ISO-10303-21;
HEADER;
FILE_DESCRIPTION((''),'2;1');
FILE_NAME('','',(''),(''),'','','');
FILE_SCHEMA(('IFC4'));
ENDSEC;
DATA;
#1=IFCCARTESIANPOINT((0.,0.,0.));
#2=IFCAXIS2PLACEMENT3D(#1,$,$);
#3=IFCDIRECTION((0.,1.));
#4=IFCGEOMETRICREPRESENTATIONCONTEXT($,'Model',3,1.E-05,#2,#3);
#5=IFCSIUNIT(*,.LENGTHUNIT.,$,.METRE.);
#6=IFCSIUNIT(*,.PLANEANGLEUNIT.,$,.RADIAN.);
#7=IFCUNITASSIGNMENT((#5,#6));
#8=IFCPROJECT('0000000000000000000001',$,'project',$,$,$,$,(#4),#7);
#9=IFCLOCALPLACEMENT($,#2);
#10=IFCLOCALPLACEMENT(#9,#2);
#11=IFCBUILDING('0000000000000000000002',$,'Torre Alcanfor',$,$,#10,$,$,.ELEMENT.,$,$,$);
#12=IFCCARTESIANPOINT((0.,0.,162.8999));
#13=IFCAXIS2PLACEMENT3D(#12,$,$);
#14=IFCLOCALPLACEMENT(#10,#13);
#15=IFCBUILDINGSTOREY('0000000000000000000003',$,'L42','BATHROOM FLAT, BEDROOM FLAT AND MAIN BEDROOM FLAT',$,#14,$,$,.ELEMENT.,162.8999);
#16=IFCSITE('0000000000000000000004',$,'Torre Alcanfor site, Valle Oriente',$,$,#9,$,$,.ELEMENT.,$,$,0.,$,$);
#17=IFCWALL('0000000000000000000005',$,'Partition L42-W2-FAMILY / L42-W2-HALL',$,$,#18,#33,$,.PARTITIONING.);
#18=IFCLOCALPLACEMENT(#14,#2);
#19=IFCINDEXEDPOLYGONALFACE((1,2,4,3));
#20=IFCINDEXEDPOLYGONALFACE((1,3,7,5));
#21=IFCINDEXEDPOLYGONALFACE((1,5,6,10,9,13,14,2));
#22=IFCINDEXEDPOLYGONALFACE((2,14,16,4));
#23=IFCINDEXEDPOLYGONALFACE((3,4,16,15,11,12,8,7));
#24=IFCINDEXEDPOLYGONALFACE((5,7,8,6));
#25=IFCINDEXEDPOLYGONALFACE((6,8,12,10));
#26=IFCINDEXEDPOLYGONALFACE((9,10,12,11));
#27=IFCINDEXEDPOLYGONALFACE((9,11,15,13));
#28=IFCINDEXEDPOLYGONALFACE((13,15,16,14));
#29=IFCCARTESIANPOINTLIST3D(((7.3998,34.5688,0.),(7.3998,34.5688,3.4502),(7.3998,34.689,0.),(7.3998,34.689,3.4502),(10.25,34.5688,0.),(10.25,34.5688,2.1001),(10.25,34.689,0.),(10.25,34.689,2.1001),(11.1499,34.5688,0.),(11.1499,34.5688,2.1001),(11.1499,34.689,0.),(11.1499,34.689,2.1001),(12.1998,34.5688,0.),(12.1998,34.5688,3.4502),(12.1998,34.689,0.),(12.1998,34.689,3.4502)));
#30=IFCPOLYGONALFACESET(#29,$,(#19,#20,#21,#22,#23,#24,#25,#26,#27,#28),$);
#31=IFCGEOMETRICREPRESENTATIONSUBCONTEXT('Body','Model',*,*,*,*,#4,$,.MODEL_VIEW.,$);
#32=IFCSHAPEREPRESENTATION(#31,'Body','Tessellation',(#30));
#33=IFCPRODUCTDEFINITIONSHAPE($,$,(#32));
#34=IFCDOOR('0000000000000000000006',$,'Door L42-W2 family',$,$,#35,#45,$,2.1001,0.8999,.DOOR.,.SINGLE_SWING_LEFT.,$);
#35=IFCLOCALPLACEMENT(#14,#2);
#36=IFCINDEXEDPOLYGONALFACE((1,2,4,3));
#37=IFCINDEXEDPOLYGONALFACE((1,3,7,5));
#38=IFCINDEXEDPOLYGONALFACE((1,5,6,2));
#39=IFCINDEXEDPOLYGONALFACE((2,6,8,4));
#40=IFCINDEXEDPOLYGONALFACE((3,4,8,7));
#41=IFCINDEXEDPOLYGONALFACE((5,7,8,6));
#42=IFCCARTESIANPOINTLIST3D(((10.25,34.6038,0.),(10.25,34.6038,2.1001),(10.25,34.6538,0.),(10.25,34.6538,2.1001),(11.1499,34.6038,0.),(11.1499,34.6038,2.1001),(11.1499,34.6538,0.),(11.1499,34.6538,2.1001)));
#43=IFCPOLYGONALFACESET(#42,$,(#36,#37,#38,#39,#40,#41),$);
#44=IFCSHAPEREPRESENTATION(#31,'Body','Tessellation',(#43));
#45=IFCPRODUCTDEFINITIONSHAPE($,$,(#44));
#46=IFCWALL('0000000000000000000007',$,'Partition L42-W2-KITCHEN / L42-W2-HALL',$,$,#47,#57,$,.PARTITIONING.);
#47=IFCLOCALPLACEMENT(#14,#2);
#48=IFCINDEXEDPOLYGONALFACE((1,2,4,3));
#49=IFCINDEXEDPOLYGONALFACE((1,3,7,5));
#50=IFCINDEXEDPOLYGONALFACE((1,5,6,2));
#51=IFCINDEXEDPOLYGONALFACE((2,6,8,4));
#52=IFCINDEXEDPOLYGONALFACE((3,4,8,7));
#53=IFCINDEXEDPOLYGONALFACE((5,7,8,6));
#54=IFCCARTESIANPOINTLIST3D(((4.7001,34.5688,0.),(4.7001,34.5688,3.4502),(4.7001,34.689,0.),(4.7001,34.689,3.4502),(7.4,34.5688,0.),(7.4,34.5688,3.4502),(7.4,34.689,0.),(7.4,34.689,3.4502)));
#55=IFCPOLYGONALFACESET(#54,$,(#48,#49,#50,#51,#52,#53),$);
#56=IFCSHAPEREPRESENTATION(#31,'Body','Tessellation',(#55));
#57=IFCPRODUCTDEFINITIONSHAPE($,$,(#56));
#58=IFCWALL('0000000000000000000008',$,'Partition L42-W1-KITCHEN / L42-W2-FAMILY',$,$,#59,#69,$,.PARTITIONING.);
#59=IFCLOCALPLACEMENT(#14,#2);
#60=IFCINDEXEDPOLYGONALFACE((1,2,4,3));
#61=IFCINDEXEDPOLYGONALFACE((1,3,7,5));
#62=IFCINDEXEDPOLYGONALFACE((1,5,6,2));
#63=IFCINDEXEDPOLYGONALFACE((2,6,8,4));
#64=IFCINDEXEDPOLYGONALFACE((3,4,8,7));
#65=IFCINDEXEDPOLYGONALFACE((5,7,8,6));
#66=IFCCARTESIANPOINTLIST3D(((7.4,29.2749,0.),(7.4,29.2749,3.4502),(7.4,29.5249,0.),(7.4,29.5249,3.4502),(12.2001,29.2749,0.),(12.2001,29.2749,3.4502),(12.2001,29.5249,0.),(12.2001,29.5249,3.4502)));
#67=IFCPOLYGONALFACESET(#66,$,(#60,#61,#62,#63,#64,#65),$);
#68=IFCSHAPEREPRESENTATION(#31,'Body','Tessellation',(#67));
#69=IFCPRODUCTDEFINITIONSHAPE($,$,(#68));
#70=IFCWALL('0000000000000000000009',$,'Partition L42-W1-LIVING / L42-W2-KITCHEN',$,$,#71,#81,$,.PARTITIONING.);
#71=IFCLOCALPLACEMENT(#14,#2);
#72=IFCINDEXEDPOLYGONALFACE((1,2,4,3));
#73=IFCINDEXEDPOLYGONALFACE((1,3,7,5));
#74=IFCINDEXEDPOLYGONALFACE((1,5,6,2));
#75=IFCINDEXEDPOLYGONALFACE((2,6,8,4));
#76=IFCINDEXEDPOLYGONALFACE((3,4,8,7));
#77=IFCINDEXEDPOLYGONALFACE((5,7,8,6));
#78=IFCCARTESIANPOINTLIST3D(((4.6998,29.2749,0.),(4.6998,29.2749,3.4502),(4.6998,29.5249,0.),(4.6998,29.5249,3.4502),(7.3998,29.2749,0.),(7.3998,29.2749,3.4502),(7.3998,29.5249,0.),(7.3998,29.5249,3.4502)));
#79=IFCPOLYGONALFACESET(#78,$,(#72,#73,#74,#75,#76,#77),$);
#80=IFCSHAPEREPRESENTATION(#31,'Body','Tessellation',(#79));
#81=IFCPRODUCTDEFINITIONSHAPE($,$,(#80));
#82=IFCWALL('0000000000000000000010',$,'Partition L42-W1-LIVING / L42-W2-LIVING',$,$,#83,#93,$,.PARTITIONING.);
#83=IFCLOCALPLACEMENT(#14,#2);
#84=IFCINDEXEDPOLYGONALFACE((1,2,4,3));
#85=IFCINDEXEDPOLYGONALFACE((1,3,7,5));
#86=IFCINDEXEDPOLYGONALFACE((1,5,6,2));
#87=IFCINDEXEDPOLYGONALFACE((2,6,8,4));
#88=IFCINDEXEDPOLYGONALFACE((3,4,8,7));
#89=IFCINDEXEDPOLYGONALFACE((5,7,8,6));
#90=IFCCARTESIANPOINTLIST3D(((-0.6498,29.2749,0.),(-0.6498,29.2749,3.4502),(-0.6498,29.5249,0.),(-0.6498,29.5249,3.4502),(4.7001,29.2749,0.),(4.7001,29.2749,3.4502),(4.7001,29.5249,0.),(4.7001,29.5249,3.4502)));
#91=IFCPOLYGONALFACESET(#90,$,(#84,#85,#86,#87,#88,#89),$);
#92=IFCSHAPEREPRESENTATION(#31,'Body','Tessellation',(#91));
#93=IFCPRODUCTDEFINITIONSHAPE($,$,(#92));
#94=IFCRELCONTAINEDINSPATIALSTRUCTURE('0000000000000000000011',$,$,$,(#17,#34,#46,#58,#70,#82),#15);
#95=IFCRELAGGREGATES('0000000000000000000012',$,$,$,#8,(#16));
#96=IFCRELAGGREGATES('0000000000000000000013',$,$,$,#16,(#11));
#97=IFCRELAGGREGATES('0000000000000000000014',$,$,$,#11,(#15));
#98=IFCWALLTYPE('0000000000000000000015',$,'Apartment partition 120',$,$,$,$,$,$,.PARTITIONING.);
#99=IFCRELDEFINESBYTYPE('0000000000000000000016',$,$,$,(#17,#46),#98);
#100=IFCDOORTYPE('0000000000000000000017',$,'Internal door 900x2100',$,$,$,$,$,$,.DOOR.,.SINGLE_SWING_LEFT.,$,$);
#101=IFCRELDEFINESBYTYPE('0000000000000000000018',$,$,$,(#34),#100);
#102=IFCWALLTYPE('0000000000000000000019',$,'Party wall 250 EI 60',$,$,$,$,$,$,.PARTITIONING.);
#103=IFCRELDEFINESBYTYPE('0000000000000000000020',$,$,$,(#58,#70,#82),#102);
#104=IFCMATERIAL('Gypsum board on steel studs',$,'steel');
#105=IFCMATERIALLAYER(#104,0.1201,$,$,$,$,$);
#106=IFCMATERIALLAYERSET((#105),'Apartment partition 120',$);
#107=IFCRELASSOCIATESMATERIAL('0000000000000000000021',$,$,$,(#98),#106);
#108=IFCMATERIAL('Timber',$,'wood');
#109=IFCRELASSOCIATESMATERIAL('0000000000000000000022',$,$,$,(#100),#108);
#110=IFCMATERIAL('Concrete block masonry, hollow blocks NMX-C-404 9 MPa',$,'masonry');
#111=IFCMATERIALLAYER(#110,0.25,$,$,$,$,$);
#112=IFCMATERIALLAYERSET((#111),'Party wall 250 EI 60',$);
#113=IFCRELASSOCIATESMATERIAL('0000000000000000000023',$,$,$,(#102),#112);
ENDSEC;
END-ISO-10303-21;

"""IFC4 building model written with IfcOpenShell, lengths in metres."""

from ifc_helpers import new_model, si_unit, direction, frame, frame_2d, origin, place, context, subcontext, project, spatial, rectangle, extrude, material, layer, layer_set, type_object, element, fill, save


model = new_model("IFC4")

# Units and contexts
model_context = context("Model", 3, precision=1e-05, world=origin(), true_north=direction((0.0, 1.0)))
body_context = subcontext(model_context, "Body", "Model", "MODEL_VIEW")
ifc_project = project(units=[si_unit("LENGTHUNIT", "METRE"), si_unit("PLANEANGLEUNIT", "RADIAN")], contexts=[model_context])

# Site, building, storey
site_placement = place(None, origin())
site = spatial("IfcSite", under=ifc_project, at=site_placement, Name="Torre Alcanfor site, Valle Oriente", CompositionType="ELEMENT", RefElevation=0.0)
building_placement = place(site_placement, origin())
building = spatial("IfcBuilding", under=site, at=building_placement, Name="Torre Alcanfor", CompositionType="ELEMENT")
storey_placement = place(building_placement, frame((0.0, 0.0, 162.8999)))
storey = spatial("IfcBuildingStorey", under=building, at=storey_placement, Name="L42", Description="BATHROOM FLAT, BEDROOM FLAT AND MAIN BEDROOM FLAT", CompositionType="ELEMENT", Elevation=162.8999)

# Shared definitions
ifc_material_1 = material(Name="Gypsum board on steel studs", Category="steel")
ifc_layer_1 = layer(ifc_material_1, 0.1201)
ifc_layer_set_1 = layer_set([ifc_layer_1], Name="Apartment partition 120")
wall_type_1 = type_object("IfcWallType", Name="Apartment partition 120", PredefinedType="PARTITIONING", material=ifc_layer_set_1)
ifc_material_2 = material(Name="Timber", Category="wood")
door_type_1 = type_object("IfcDoorType", Name="Internal door 900x2100", OperationType="SINGLE_SWING_LEFT", PredefinedType="DOOR", material=ifc_material_2)

# Wall, opening, door
wall_1_placement = place(storey_placement, frame((7.3999, 34.6289, 0.0), z_axis=(0.0, 0.0, 1.0), x_axis=(1.0, 0.0, 0.0)))
wall_1 = element("IfcWall", 1, at=wall_1_placement, inside=storey, type_object=wall_type_1, Name="Partition L42-W2-FAMILY / L42-W2-HALL", PredefinedType="PARTITIONING", context=body_context, shape_type="SweptSolid", body=[
    extrude(rectangle(XDim=4.8, YDim=0.1201, at=frame_2d((2.3999, 0.0))), origin(), (0.0, 0.0, 1.0), 3.4502),
])
opening_1_placement = place(wall_1_placement, frame((2.8501, 0.0, 0.0)))
opening_1 = element("IfcOpeningElement", 2, at=opening_1_placement, cuts=wall_1, PredefinedType="OPENING", context=body_context, shape_type="SweptSolid", body=[
    extrude(rectangle(XDim=0.8999, YDim=2.1001, at=frame_2d((0.45, 1.05))), frame((0.0, 0.0701, 0.0), z_axis=(0.0, -1.0, 0.0), x_axis=(1.0, 0.0, 0.0)), (0.0, 0.0, 1.0), 0.1401),
])
door_1_placement = place(opening_1_placement, frame((0.8999, 0.0, 0.0), z_axis=(0.0, 0.0, 1.0), x_axis=(-1.0, 0.0, 0.0)))
door_1 = element("IfcDoor", 3, at=door_1_placement, inside=storey, type_object=door_type_1, Name="Door L42-W2 family", OperationType="SINGLE_SWING_LEFT", OverallHeight=2.1001, OverallWidth=0.8999, PredefinedType="DOOR", context=body_context, shape_type="SweptSolid", body=[
    extrude(rectangle(XDim=0.8999, YDim=2.1001, at=frame_2d((0.45, 1.05))), frame((0.0, 0.0251, 0.0), z_axis=(0.0, -1.0, 0.0), x_axis=(1.0, 0.0, 0.0)), (0.0, 0.0, 1.0), 0.05),
])
fill(opening_1, door_1)

# Walls
wall_2_placement = place(storey_placement, frame((4.7, 34.6289, 0.0), z_axis=(0.0, 0.0, 1.0), x_axis=(1.0, 0.0, 0.0)))
element("IfcWall", 4, at=wall_2_placement, inside=storey, type_object=wall_type_1, Name="Partition L42-W2-KITCHEN / L42-W2-HALL", PredefinedType="PARTITIONING", context=body_context, shape_type="SweptSolid", body=[
    extrude(rectangle(XDim=2.7, YDim=0.1201, at=frame_2d((1.3501, 0.0))), origin(), (0.0, 0.0, 1.0), 3.4502),
])
ifc_material_3 = material(Name="Concrete block masonry, hollow blocks NMX-C-404 9 MPa", Category="masonry")
ifc_layer_2 = layer(ifc_material_3, 0.25)
ifc_layer_set_2 = layer_set([ifc_layer_2], Name="Party wall 250 EI 60")
wall_type_2 = type_object("IfcWallType", Name="Party wall 250 EI 60", PredefinedType="PARTITIONING", material=ifc_layer_set_2)
wall_3_placement = place(storey_placement, frame((12.2, 29.3999, 0.0), z_axis=(0.0, 0.0, 1.0), x_axis=(-1.0, 0.0, 0.0)))
element("IfcWall", 5, at=wall_3_placement, inside=storey, type_object=wall_type_2, Name="Partition L42-W1-KITCHEN / L42-W2-FAMILY", PredefinedType="PARTITIONING", context=body_context, shape_type="SweptSolid", body=[
    extrude(rectangle(XDim=4.8, YDim=0.25, at=frame_2d((2.3999, 0.0))), origin(), (0.0, 0.0, 1.0), 3.4502),
])
wall_4_placement = place(storey_placement, frame((7.3999, 29.3999, 0.0), z_axis=(0.0, 0.0, 1.0), x_axis=(-1.0, 0.0, 0.0)))
element("IfcWall", 6, at=wall_4_placement, inside=storey, type_object=wall_type_2, Name="Partition L42-W1-LIVING / L42-W2-KITCHEN", PredefinedType="PARTITIONING", context=body_context, shape_type="SweptSolid", body=[
    extrude(rectangle(XDim=2.7, YDim=0.25, at=frame_2d((1.3501, 0.0))), origin(), (0.0, 0.0, 1.0), 3.4502),
])
wall_5_placement = place(storey_placement, frame((4.7, 29.3999, 0.0), z_axis=(0.0, 0.0, 1.0), x_axis=(-1.0, 0.0, 0.0)))
element("IfcWall", 7, at=wall_5_placement, inside=storey, type_object=wall_type_2, Name="Partition L42-W1-LIVING / L42-W2-LIVING", PredefinedType="PARTITIONING", context=body_context, shape_type="SweptSolid", body=[
    extrude(rectangle(XDim=5.3499, YDim=0.25, at=frame_2d((2.6748, 0.0))), origin(), (0.0, 0.0, 1.0), 3.4502),
])

save(model, "model.ifc")
